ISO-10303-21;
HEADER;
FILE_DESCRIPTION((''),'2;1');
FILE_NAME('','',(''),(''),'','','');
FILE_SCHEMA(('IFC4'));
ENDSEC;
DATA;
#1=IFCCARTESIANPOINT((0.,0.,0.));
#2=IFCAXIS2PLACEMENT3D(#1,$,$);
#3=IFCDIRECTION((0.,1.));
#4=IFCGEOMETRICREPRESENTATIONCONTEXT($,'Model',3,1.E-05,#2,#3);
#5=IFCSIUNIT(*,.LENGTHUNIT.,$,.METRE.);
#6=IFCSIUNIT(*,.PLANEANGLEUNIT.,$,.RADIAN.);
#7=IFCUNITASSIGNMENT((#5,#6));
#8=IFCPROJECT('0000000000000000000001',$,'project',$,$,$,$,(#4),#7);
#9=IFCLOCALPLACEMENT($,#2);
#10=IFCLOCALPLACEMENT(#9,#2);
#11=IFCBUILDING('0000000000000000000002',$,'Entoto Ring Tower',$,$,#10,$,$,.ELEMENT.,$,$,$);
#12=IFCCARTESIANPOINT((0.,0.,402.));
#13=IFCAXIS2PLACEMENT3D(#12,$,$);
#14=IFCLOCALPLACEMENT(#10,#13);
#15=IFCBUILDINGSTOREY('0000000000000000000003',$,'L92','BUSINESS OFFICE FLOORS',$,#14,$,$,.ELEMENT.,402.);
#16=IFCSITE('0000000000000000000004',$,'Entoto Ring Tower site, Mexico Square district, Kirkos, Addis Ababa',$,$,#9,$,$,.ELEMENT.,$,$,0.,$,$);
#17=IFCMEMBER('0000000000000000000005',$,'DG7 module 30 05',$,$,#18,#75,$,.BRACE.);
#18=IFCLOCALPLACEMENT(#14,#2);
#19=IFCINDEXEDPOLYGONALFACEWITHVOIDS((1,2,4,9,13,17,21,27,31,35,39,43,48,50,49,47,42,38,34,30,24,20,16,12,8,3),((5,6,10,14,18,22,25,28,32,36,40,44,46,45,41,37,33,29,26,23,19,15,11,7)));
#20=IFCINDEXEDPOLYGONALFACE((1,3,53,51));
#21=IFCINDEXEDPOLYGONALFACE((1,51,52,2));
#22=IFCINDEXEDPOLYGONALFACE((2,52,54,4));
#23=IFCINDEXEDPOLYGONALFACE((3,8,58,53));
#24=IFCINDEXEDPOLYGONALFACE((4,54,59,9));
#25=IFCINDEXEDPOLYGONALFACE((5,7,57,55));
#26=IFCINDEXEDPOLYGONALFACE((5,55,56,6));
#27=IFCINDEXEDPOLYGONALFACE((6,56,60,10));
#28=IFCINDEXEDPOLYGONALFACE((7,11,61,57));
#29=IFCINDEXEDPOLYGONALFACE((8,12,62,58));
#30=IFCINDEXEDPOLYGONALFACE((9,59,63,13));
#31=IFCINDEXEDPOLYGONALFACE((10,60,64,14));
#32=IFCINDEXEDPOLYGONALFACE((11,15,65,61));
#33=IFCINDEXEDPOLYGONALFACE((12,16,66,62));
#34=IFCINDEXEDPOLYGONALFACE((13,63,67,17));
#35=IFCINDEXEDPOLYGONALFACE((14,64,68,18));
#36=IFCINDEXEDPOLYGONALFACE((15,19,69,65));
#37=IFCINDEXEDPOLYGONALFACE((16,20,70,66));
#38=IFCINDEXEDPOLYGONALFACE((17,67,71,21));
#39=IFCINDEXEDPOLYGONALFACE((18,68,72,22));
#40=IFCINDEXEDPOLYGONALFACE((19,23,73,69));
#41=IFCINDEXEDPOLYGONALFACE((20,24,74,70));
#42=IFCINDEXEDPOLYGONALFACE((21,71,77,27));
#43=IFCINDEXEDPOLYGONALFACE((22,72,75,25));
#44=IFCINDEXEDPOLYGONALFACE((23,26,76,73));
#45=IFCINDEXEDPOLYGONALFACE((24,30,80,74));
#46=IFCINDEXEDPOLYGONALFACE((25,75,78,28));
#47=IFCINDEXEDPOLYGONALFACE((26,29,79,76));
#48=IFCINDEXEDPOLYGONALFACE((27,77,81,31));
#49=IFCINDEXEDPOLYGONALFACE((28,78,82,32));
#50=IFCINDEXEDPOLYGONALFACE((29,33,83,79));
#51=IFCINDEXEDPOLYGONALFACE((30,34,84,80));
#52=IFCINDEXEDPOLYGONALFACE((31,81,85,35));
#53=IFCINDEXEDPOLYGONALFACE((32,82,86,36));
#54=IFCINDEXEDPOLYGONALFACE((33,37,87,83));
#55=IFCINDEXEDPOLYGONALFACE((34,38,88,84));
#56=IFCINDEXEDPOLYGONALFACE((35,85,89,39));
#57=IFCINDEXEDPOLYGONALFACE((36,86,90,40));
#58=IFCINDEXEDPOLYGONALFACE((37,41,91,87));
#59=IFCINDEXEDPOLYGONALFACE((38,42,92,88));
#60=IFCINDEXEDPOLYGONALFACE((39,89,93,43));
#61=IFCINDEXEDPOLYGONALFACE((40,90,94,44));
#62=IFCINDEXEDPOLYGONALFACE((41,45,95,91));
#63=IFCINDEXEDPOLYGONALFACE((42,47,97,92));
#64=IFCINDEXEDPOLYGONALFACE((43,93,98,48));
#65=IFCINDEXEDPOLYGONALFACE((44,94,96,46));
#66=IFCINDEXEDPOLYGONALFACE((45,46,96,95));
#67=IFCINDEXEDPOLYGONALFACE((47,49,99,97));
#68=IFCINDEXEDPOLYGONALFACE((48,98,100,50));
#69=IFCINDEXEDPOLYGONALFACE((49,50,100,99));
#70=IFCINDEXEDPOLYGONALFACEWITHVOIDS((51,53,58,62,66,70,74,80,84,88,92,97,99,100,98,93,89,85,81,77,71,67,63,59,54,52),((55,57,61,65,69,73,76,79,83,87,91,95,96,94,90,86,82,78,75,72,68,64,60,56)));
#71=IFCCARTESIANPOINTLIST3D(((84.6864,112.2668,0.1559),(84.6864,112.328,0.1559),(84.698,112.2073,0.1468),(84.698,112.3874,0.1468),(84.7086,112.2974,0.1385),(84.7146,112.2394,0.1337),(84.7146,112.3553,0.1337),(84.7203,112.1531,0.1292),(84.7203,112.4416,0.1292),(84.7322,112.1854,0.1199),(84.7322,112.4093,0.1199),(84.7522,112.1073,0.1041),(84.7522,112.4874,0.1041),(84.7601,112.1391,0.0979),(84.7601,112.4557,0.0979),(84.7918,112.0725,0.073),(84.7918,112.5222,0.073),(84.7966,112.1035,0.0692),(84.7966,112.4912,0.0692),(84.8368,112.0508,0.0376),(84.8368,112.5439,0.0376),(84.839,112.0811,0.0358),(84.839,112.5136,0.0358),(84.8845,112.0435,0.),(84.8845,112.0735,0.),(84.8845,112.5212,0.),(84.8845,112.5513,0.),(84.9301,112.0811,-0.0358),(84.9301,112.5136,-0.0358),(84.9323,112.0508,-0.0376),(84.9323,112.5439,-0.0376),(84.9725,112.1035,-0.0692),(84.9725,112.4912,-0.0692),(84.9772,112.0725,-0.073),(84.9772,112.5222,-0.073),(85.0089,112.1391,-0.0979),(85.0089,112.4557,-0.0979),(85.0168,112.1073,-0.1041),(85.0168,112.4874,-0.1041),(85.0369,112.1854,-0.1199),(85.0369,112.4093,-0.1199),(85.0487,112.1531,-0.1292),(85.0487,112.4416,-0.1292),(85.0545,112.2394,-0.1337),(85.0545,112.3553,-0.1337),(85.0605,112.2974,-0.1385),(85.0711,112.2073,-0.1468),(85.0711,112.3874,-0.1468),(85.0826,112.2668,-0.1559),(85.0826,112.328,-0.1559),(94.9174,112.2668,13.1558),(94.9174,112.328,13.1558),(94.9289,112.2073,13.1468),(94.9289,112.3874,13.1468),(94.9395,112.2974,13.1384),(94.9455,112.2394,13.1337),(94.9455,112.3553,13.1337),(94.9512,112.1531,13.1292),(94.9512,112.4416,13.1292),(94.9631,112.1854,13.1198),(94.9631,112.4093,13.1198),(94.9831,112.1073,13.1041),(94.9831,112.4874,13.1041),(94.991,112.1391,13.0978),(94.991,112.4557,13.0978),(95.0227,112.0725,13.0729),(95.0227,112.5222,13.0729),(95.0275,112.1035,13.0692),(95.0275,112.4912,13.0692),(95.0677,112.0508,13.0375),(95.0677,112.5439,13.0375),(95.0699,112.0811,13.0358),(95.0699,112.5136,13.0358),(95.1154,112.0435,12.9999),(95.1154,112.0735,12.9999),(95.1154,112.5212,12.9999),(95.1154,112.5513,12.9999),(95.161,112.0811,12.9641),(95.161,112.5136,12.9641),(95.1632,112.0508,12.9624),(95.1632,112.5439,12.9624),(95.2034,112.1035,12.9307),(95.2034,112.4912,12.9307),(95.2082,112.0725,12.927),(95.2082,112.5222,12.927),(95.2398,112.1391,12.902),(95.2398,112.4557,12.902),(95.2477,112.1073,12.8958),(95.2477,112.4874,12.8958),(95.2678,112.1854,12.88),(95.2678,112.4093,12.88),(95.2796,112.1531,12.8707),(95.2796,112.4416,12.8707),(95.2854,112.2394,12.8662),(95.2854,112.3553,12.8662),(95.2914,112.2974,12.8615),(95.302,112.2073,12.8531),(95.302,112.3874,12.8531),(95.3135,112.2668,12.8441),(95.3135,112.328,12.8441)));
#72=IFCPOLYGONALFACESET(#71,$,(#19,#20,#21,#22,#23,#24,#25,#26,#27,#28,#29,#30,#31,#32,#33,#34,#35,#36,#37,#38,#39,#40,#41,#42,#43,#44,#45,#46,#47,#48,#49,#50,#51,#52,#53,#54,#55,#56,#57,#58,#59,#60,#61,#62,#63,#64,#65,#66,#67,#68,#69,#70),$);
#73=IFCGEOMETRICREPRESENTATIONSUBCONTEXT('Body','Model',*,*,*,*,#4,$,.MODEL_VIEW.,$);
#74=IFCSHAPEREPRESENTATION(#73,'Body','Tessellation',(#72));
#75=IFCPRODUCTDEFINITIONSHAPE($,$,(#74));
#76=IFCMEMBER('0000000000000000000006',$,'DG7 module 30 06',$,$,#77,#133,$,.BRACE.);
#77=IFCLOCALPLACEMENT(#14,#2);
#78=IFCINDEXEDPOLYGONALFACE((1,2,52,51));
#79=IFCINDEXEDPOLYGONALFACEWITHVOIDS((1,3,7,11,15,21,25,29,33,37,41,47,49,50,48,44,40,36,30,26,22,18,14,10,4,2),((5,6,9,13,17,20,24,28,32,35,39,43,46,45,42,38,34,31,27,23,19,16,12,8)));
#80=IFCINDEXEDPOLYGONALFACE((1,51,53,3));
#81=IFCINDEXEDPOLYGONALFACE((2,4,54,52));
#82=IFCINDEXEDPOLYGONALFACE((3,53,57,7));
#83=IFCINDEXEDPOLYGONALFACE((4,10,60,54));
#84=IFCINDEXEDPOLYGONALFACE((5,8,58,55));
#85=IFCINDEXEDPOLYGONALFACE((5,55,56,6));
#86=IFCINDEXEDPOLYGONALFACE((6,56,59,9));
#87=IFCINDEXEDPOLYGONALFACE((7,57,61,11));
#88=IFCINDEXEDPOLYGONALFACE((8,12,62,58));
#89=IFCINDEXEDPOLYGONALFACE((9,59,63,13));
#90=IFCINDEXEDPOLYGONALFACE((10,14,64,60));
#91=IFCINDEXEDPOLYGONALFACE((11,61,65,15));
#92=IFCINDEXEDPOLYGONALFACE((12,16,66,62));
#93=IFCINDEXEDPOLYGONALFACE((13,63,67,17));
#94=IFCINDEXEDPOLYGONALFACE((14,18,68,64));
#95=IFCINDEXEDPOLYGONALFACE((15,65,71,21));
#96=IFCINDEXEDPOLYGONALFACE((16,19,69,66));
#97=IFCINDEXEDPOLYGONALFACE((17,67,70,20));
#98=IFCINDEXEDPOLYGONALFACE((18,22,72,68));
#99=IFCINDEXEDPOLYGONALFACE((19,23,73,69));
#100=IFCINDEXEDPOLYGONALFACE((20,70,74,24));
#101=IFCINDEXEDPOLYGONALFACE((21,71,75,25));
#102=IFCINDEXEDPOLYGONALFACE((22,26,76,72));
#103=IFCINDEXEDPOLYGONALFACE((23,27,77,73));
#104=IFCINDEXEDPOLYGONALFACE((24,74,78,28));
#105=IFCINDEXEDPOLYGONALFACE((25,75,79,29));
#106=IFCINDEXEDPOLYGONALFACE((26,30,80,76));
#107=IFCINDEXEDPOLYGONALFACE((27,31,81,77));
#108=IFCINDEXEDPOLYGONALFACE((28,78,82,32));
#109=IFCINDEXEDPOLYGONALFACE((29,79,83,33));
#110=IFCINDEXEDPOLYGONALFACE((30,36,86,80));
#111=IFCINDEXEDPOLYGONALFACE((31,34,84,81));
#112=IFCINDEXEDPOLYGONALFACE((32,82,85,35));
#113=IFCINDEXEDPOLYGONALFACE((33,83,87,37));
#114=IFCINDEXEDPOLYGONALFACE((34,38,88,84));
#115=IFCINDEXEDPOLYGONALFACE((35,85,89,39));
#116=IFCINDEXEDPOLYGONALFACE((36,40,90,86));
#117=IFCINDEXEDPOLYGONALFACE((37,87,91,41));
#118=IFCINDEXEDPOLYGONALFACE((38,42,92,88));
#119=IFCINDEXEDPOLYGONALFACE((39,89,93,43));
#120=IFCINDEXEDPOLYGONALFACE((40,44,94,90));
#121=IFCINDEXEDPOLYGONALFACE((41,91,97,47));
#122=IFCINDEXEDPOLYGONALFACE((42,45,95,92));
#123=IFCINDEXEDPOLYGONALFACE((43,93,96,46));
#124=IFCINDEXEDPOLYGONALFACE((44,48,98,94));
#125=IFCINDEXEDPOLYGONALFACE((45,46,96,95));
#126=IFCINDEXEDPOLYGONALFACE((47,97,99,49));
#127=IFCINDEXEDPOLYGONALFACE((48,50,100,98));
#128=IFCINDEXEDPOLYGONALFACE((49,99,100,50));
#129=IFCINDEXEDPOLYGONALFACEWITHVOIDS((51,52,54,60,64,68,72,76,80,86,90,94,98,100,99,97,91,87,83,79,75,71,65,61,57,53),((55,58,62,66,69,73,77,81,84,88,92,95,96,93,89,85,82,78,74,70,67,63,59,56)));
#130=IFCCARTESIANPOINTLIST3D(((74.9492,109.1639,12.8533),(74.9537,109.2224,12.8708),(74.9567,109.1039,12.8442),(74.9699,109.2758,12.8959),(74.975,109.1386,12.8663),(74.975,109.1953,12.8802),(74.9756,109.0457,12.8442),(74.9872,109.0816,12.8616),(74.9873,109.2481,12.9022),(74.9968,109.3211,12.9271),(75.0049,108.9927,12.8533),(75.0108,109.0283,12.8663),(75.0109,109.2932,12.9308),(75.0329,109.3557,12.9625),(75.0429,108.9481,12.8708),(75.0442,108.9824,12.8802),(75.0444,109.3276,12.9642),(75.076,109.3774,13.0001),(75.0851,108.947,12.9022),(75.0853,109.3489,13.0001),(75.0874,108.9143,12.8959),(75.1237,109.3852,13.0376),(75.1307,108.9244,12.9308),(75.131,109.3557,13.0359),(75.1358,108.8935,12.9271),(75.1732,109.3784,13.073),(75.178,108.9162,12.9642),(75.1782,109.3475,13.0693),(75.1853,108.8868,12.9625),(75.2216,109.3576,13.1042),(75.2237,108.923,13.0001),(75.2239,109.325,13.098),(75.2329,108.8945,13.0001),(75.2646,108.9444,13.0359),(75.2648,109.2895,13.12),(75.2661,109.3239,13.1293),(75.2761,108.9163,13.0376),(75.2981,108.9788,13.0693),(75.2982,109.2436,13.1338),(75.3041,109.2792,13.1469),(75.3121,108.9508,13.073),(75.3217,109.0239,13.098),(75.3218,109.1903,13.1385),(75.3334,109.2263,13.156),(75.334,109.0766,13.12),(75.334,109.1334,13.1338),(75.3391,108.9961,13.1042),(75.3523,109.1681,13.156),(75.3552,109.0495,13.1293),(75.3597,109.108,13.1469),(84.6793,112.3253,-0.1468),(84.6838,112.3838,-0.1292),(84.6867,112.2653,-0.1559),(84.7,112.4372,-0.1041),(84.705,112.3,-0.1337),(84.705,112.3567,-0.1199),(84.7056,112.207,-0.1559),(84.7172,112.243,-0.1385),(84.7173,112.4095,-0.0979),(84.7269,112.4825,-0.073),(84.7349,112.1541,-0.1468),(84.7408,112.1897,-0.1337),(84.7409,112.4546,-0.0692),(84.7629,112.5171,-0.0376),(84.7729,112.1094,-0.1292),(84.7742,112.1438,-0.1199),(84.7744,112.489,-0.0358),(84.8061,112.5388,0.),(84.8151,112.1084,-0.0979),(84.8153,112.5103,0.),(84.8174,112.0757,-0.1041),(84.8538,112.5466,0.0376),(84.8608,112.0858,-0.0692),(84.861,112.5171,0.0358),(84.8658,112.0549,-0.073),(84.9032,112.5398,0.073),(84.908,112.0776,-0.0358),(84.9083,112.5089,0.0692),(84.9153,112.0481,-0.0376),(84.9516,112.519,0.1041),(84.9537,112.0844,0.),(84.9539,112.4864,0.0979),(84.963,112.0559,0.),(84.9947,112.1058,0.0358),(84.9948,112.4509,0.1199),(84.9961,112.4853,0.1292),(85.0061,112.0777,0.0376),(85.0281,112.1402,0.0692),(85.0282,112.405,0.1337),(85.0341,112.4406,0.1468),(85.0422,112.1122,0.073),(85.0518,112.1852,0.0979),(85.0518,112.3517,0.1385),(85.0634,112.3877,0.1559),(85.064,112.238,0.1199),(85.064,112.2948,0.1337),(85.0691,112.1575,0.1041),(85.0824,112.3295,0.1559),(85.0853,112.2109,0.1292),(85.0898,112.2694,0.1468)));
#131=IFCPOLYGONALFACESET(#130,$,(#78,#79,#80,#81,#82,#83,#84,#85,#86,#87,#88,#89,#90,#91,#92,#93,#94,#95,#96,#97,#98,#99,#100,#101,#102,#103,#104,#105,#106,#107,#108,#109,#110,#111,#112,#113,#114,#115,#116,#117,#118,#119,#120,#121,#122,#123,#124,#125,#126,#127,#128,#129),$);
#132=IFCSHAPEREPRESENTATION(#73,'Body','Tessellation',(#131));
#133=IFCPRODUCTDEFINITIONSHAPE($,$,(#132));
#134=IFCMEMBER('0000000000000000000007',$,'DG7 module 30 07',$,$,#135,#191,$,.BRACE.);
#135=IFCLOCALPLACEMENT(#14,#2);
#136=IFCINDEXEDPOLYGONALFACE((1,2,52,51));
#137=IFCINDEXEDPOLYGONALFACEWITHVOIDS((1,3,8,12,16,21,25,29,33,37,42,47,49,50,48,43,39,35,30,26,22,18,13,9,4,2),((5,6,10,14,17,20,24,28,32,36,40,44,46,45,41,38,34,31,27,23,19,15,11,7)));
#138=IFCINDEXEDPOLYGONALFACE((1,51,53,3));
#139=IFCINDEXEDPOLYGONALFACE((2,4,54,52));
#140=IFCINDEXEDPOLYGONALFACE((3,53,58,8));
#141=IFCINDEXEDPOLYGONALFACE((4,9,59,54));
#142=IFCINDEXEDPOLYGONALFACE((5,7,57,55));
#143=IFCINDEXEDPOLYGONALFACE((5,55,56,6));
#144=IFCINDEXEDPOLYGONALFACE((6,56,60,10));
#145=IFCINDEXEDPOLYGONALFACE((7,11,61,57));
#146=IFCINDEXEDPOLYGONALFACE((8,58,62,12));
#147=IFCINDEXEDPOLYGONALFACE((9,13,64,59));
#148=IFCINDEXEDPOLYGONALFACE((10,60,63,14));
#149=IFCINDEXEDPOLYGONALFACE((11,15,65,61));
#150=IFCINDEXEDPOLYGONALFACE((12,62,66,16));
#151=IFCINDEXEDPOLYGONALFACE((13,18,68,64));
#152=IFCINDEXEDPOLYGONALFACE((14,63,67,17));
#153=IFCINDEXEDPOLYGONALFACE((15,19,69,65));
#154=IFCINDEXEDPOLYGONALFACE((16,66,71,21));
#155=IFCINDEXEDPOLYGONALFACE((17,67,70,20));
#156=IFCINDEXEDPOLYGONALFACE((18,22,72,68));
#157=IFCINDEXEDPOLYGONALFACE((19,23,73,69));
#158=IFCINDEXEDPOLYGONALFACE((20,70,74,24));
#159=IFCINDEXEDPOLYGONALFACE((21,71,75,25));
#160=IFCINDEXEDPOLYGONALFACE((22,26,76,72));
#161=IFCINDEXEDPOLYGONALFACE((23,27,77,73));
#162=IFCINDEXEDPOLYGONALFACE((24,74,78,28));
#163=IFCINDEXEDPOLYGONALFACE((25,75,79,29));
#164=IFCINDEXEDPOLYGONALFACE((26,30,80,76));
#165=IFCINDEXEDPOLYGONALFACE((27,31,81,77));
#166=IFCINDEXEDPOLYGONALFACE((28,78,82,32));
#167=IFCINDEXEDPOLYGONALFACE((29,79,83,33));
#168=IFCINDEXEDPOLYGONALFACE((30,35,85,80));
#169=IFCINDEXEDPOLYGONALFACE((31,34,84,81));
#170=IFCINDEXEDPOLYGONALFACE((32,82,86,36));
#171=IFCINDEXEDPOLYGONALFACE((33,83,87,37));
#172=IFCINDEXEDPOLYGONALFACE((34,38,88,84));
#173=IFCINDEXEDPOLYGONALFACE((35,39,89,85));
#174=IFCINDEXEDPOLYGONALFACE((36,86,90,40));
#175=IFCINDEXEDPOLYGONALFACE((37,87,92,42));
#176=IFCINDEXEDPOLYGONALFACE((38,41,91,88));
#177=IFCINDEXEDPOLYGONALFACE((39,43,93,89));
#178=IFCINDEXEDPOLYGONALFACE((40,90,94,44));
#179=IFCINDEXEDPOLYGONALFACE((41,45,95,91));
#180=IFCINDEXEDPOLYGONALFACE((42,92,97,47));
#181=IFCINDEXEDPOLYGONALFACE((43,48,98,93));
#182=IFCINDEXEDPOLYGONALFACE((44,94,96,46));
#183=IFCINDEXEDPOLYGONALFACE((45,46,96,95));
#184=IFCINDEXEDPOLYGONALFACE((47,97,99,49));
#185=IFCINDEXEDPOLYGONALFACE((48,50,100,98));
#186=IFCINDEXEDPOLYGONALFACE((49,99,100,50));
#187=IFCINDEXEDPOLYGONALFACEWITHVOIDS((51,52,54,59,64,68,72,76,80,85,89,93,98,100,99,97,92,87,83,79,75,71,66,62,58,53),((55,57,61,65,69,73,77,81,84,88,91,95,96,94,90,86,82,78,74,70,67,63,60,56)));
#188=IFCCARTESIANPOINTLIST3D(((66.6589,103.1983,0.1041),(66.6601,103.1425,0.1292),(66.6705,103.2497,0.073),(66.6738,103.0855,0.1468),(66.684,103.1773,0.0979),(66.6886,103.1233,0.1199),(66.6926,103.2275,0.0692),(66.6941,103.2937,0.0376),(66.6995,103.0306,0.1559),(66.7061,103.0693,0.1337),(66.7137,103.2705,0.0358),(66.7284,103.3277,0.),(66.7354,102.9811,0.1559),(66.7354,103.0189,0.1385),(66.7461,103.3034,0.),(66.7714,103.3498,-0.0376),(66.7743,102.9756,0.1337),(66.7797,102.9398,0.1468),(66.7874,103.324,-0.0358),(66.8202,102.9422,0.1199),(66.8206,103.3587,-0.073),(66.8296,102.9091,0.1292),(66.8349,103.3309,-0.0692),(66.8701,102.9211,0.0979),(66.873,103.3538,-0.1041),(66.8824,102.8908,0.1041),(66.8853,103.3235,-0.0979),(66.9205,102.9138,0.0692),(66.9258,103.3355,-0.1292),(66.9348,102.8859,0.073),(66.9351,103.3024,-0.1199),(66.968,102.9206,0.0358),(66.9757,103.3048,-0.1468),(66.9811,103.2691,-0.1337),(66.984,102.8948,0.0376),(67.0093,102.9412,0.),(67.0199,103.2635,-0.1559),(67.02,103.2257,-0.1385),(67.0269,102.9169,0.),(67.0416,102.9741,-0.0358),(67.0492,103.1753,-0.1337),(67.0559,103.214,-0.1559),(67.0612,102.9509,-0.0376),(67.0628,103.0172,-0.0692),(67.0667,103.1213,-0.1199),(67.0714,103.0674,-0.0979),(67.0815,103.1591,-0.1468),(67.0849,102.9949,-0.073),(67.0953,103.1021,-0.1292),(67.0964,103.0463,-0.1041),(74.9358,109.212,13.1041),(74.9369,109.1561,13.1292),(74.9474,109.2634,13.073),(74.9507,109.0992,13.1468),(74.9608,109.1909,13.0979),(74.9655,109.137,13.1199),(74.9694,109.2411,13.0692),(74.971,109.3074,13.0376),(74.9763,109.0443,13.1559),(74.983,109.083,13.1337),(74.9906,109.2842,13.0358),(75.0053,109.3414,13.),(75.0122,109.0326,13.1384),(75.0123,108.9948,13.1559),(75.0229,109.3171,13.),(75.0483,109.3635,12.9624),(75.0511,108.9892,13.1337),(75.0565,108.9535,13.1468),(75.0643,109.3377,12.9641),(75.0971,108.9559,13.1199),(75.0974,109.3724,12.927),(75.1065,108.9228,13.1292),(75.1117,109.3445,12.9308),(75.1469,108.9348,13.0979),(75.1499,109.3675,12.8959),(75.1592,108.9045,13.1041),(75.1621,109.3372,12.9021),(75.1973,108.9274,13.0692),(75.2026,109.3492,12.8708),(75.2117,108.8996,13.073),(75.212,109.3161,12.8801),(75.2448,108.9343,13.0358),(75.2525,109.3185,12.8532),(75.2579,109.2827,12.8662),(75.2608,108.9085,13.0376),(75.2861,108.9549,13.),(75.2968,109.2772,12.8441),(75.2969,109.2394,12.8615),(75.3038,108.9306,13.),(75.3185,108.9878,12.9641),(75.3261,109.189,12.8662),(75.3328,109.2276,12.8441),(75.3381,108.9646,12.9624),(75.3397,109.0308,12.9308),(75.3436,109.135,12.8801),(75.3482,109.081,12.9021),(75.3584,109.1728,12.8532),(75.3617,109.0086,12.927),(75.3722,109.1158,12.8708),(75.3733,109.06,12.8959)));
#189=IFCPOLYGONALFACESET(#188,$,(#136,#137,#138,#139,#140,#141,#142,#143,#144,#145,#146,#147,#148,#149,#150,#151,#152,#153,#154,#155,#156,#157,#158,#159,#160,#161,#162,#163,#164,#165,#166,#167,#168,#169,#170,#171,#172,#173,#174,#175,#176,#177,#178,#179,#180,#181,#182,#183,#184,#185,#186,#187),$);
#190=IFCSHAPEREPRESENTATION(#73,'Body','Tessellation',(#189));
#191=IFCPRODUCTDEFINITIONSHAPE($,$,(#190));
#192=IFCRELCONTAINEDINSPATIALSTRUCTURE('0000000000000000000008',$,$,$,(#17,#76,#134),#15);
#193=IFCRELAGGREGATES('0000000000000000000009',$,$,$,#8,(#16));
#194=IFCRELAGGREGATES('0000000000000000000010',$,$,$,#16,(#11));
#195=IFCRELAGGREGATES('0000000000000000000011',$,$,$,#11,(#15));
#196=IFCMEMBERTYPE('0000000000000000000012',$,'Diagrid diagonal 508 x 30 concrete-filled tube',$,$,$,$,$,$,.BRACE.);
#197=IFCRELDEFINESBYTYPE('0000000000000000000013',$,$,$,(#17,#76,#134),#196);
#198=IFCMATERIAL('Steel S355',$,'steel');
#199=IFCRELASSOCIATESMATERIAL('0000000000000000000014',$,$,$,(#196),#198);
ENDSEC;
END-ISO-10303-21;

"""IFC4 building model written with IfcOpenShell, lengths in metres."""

from ifc_helpers import new_model, si_unit, direction, frame, origin, origin_2d, place, context, subcontext, project, spatial, circle, hollow_circle, extrude, material, material_profile, profile_set, type_object, element, save


model = new_model("IFC4")

# Units and contexts
model_context = context("Model", 3, precision=1e-05, world=origin(), true_north=direction((0.0, 1.0)))
body_context = subcontext(model_context, "Body", "Model", "MODEL_VIEW")
ifc_project = project(units=[si_unit("LENGTHUNIT", "METRE"), si_unit("PLANEANGLEUNIT", "RADIAN")], contexts=[model_context])

# Site, building, storey
site_placement = place(None, origin())
site = spatial("IfcSite", under=ifc_project, at=site_placement, Name="Entoto Ring Tower site, Mexico Square district, Kirkos, Addis Ababa", CompositionType="ELEMENT", RefElevation=0.0)
building_placement = place(site_placement, origin())
building = spatial("IfcBuilding", under=site, at=building_placement, Name="Entoto Ring Tower", CompositionType="ELEMENT")
storey_placement = place(building_placement, frame((0.0, 0.0, 402.0)))
storey = spatial("IfcBuildingStorey", under=building, at=storey_placement, Name="L92", Description="BUSINESS OFFICE FLOORS", CompositionType="ELEMENT", Elevation=402.0)

# Members
ifc_material_1 = material(Name="Steel S355", Category="steel")
ifc_material_profile_1 = material_profile(ifc_material_1, hollow_circle(Radius=0.2539, WallThickness=0.03, at=origin_2d()), Name="CHS 508 x 30")
ifc_material_2 = material(Name="Concrete C60/75", Category="concrete")
ifc_material_profile_2 = material_profile(ifc_material_2, circle(Radius=0.2241, at=origin_2d()), Name="Concrete C60/75 infill")
ifc_profile_set_1 = profile_set([ifc_material_profile_1, ifc_material_profile_2], Name="Steel S355")
member_type_1 = type_object("IfcMemberType", Name="Diagrid diagonal 508 x 30 concrete-filled tube", PredefinedType="BRACE", material=ifc_profile_set_1)
for number, where, z_axis, x_axis, name in (
    (1, (84.8845, 112.2974, 0.0), (0.618444, 0.0, 0.785829), (0.0, 1.0, 0.0), "DG7 module 30 05"),
    (2, (84.8845, 112.2974, 0.0), (-0.588167, -0.191102, 0.785837), (0.309009, -0.951059, 0.0), "DG7 module 30 06"),
    (3, (66.8777, 103.1223, 0.0), (0.500324, 0.363518, 0.785831), (-0.587797, 0.809008, 0.0), "DG7 module 30 07"),
):
    element("IfcMember", number, at=place(storey_placement, frame(where, z_axis=z_axis, x_axis=x_axis)), inside=storey, type_object=member_type_1, Name=name, PredefinedType="BRACE", context=body_context, shape_type="SweptSolid", body=[
        extrude(hollow_circle(Radius=0.2539, WallThickness=0.03, at=origin_2d()), origin(), (0.0, 0.0, 1.0), 16.543),
    ])

save(model, "model.ifc")
